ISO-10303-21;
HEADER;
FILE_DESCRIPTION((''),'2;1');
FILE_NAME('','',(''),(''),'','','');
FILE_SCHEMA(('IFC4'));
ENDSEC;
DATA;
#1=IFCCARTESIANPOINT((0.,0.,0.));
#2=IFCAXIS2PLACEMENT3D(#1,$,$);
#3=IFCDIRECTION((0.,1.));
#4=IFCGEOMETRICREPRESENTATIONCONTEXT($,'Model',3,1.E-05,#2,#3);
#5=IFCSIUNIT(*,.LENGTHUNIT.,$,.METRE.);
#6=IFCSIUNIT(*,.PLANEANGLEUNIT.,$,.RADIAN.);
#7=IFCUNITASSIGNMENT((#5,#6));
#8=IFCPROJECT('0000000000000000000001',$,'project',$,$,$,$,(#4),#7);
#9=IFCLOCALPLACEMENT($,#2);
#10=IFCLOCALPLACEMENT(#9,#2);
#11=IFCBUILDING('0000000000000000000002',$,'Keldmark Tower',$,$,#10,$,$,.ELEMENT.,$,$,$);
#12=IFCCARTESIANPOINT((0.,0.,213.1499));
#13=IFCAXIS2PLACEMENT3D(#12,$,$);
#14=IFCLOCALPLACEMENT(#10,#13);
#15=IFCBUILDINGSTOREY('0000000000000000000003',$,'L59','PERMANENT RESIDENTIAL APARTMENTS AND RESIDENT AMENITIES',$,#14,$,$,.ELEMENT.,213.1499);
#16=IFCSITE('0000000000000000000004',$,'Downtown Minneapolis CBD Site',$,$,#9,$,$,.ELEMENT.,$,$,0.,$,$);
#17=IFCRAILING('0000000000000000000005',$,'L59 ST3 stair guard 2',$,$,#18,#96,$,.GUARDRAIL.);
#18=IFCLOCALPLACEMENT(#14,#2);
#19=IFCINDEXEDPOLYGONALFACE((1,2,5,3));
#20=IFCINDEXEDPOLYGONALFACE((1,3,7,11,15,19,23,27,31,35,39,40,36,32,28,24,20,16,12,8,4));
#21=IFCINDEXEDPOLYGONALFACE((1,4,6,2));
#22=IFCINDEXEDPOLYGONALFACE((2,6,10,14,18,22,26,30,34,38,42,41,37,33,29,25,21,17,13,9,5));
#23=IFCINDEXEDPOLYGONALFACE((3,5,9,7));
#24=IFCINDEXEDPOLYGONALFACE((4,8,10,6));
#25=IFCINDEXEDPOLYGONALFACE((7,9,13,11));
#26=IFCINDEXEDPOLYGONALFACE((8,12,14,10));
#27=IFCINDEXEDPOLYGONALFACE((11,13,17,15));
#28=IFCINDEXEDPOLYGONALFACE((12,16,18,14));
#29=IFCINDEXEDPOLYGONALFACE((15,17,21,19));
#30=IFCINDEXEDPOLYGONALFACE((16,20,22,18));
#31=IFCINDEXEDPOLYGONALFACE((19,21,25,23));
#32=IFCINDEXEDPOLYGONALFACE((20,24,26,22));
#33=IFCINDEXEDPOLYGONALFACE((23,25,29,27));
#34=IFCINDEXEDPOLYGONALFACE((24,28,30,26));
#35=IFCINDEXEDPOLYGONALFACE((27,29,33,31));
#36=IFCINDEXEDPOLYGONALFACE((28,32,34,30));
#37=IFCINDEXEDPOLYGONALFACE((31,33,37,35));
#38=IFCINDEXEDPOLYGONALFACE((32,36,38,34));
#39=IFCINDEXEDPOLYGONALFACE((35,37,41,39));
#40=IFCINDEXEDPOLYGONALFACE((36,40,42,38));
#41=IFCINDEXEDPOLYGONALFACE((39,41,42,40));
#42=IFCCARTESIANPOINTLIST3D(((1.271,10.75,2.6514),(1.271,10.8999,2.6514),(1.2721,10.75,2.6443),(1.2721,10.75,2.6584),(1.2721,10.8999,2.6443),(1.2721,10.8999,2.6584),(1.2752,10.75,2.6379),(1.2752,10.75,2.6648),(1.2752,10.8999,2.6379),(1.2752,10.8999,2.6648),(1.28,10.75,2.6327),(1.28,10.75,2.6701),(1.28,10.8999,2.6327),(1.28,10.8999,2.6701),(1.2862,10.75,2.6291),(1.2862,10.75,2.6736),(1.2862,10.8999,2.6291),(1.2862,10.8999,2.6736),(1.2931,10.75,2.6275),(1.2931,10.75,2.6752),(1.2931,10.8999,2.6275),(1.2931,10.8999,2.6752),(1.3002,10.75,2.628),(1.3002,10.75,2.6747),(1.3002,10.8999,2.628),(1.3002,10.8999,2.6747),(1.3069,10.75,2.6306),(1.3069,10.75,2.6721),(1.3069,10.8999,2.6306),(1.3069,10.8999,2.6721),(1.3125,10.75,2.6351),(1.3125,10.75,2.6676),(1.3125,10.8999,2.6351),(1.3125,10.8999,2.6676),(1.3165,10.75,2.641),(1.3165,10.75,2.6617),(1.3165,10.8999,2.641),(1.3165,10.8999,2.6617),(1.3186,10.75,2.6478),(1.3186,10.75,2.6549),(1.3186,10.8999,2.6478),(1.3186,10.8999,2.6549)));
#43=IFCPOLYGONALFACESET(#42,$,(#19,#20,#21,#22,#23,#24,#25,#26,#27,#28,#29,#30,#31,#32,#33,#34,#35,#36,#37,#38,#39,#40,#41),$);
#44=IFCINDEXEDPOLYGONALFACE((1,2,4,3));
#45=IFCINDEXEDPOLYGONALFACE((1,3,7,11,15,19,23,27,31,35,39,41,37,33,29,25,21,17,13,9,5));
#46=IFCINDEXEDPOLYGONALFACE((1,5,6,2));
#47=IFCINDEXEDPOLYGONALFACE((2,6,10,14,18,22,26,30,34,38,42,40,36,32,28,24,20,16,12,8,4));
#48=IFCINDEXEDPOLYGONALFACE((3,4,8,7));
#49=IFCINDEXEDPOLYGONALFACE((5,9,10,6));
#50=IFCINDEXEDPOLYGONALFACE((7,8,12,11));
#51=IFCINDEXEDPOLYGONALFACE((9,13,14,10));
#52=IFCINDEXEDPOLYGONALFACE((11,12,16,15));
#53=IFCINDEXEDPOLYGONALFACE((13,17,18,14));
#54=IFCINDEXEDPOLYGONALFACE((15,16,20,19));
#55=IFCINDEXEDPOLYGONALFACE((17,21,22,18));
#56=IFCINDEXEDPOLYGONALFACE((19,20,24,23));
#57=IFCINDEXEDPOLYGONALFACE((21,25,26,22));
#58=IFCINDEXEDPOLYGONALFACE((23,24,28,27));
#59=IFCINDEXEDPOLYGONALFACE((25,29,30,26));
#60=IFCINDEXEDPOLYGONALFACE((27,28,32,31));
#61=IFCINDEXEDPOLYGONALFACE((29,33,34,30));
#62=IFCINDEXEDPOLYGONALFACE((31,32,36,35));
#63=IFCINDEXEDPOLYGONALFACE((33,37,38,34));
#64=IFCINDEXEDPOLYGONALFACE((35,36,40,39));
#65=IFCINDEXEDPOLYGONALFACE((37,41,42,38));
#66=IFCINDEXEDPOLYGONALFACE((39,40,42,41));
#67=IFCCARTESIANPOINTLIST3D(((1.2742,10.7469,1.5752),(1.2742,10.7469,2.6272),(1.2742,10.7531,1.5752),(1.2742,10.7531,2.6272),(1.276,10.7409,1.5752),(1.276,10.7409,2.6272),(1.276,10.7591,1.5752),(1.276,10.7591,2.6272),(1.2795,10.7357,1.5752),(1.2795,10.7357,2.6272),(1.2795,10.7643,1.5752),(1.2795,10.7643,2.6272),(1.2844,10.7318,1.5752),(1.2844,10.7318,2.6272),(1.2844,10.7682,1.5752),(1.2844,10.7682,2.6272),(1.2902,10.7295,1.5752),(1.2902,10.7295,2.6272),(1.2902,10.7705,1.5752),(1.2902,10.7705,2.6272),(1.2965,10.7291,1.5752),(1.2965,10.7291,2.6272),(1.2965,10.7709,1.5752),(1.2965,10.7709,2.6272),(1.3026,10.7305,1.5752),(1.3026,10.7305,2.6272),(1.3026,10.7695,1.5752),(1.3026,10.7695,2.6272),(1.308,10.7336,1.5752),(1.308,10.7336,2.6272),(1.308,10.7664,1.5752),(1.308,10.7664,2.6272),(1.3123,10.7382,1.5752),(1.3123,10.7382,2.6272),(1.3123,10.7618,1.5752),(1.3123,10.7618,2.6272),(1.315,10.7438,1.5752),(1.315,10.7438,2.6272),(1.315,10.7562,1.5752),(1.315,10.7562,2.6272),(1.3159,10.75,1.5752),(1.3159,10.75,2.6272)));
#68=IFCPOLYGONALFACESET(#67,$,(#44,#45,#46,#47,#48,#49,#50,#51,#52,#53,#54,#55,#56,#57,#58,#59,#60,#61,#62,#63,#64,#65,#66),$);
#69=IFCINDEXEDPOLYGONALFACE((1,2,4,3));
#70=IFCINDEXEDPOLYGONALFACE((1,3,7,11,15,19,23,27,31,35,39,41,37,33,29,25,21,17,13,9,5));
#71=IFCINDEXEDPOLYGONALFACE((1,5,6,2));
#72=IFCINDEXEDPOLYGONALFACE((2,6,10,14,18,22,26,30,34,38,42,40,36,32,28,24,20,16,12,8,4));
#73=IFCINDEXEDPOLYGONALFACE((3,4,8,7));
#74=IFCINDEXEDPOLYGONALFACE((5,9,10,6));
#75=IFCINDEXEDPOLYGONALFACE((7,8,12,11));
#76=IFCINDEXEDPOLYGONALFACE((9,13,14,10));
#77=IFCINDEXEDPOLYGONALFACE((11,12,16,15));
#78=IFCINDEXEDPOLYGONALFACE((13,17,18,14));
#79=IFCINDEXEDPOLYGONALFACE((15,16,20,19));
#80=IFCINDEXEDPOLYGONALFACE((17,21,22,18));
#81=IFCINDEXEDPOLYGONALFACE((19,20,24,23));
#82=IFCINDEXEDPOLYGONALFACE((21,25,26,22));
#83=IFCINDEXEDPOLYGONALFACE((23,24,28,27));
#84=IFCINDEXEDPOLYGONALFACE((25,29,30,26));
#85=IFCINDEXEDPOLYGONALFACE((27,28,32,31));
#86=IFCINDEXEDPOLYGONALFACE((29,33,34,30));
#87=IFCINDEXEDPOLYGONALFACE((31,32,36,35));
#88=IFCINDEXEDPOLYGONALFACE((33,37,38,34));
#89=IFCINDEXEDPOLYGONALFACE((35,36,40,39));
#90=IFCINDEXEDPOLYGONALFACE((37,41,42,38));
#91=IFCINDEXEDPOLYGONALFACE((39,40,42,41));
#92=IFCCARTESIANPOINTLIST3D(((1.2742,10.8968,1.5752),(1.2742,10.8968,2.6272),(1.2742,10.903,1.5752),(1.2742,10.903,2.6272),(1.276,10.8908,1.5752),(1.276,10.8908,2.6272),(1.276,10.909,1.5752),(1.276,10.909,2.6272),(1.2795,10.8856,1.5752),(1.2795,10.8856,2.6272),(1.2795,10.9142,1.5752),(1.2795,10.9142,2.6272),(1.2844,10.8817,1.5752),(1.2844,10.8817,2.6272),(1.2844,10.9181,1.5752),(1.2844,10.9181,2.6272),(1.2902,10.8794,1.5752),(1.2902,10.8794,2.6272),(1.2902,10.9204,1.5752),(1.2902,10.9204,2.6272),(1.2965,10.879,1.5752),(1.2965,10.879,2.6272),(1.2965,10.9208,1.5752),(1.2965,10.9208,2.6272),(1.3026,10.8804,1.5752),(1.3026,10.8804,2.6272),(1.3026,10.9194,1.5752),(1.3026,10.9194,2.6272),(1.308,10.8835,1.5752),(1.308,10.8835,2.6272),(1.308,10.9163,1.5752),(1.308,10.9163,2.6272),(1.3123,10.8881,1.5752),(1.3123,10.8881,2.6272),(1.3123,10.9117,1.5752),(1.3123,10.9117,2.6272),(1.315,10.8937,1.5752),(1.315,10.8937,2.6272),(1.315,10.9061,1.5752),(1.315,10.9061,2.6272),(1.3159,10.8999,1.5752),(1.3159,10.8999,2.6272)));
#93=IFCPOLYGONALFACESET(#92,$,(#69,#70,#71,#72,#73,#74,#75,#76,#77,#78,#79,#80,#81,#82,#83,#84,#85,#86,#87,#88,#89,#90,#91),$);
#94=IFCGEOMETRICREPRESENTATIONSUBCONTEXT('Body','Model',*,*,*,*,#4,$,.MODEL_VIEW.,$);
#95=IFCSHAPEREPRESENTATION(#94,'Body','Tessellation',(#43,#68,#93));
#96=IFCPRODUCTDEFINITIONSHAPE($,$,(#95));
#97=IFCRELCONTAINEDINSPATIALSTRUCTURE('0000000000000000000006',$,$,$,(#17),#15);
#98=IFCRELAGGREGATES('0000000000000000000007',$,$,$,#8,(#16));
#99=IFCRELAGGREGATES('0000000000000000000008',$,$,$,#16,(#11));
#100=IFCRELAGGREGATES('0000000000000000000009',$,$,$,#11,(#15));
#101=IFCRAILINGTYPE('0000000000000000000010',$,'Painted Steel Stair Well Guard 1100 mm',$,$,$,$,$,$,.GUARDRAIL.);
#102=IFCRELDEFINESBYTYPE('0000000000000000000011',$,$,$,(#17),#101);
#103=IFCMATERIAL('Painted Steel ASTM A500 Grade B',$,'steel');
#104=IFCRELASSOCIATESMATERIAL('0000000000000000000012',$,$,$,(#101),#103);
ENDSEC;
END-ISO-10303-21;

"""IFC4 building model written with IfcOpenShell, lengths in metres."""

from ifc_helpers import new_model, si_unit, direction, frame, origin, origin_2d, place, context, subcontext, project, spatial, circle, extrude, material, type_object, element, save


model = new_model("IFC4")

# Units and contexts
model_context = context("Model", 3, precision=1e-05, world=origin(), true_north=direction((0.0, 1.0)))
body_context = subcontext(model_context, "Body", "Model", "MODEL_VIEW")
ifc_project = project(units=[si_unit("LENGTHUNIT", "METRE"), si_unit("PLANEANGLEUNIT", "RADIAN")], contexts=[model_context])

# Site, building, storey
site_placement = place(None, origin())
site = spatial("IfcSite", under=ifc_project, at=site_placement, Name="Downtown Minneapolis CBD Site", CompositionType="ELEMENT", RefElevation=0.0)
building_placement = place(site_placement, origin())
building = spatial("IfcBuilding", under=site, at=building_placement, Name="Keldmark Tower", CompositionType="ELEMENT")
storey_placement = place(building_placement, frame((0.0, 0.0, 213.1499)))
storey = spatial("IfcBuildingStorey", under=building, at=storey_placement, Name="L59", Description="PERMANENT RESIDENTIAL APARTMENTS AND RESIDENT AMENITIES", CompositionType="ELEMENT", Elevation=213.1499)

# Railing
ifc_material_1 = material(Name="Painted Steel ASTM A500 Grade B", Category="steel")
railing_type_1 = type_object("IfcRailingType", Name="Painted Steel Stair Well Guard 1100 mm", PredefinedType="GUARDRAIL", material=ifc_material_1)
railing_1_placement = place(storey_placement, frame((1.2949, 10.75, 1.5752)))
element("IfcRailing", 1, at=railing_1_placement, inside=storey, type_object=railing_type_1, Name="L59 ST3 stair guard 2", PredefinedType="GUARDRAIL", context=body_context, shape_type="SweptSolid", body=[
    extrude(circle(Radius=0.0239, at=origin_2d()), frame((0.0, 0.0, 1.0762), z_axis=(0.0, 1.0, 0.0), x_axis=(-1.0, 0.0, 0.0)), (0.0, 0.0, 1.0), 0.1499),
    extrude(circle(Radius=0.021, at=origin_2d()), origin(), (0.0, 0.0, 1.0), 1.052),
    extrude(circle(Radius=0.021, at=origin_2d()), frame((0.0, 0.1499, 0.0)), (0.0, 0.0, 1.0), 1.052),
])

save(model, "model.ifc")
